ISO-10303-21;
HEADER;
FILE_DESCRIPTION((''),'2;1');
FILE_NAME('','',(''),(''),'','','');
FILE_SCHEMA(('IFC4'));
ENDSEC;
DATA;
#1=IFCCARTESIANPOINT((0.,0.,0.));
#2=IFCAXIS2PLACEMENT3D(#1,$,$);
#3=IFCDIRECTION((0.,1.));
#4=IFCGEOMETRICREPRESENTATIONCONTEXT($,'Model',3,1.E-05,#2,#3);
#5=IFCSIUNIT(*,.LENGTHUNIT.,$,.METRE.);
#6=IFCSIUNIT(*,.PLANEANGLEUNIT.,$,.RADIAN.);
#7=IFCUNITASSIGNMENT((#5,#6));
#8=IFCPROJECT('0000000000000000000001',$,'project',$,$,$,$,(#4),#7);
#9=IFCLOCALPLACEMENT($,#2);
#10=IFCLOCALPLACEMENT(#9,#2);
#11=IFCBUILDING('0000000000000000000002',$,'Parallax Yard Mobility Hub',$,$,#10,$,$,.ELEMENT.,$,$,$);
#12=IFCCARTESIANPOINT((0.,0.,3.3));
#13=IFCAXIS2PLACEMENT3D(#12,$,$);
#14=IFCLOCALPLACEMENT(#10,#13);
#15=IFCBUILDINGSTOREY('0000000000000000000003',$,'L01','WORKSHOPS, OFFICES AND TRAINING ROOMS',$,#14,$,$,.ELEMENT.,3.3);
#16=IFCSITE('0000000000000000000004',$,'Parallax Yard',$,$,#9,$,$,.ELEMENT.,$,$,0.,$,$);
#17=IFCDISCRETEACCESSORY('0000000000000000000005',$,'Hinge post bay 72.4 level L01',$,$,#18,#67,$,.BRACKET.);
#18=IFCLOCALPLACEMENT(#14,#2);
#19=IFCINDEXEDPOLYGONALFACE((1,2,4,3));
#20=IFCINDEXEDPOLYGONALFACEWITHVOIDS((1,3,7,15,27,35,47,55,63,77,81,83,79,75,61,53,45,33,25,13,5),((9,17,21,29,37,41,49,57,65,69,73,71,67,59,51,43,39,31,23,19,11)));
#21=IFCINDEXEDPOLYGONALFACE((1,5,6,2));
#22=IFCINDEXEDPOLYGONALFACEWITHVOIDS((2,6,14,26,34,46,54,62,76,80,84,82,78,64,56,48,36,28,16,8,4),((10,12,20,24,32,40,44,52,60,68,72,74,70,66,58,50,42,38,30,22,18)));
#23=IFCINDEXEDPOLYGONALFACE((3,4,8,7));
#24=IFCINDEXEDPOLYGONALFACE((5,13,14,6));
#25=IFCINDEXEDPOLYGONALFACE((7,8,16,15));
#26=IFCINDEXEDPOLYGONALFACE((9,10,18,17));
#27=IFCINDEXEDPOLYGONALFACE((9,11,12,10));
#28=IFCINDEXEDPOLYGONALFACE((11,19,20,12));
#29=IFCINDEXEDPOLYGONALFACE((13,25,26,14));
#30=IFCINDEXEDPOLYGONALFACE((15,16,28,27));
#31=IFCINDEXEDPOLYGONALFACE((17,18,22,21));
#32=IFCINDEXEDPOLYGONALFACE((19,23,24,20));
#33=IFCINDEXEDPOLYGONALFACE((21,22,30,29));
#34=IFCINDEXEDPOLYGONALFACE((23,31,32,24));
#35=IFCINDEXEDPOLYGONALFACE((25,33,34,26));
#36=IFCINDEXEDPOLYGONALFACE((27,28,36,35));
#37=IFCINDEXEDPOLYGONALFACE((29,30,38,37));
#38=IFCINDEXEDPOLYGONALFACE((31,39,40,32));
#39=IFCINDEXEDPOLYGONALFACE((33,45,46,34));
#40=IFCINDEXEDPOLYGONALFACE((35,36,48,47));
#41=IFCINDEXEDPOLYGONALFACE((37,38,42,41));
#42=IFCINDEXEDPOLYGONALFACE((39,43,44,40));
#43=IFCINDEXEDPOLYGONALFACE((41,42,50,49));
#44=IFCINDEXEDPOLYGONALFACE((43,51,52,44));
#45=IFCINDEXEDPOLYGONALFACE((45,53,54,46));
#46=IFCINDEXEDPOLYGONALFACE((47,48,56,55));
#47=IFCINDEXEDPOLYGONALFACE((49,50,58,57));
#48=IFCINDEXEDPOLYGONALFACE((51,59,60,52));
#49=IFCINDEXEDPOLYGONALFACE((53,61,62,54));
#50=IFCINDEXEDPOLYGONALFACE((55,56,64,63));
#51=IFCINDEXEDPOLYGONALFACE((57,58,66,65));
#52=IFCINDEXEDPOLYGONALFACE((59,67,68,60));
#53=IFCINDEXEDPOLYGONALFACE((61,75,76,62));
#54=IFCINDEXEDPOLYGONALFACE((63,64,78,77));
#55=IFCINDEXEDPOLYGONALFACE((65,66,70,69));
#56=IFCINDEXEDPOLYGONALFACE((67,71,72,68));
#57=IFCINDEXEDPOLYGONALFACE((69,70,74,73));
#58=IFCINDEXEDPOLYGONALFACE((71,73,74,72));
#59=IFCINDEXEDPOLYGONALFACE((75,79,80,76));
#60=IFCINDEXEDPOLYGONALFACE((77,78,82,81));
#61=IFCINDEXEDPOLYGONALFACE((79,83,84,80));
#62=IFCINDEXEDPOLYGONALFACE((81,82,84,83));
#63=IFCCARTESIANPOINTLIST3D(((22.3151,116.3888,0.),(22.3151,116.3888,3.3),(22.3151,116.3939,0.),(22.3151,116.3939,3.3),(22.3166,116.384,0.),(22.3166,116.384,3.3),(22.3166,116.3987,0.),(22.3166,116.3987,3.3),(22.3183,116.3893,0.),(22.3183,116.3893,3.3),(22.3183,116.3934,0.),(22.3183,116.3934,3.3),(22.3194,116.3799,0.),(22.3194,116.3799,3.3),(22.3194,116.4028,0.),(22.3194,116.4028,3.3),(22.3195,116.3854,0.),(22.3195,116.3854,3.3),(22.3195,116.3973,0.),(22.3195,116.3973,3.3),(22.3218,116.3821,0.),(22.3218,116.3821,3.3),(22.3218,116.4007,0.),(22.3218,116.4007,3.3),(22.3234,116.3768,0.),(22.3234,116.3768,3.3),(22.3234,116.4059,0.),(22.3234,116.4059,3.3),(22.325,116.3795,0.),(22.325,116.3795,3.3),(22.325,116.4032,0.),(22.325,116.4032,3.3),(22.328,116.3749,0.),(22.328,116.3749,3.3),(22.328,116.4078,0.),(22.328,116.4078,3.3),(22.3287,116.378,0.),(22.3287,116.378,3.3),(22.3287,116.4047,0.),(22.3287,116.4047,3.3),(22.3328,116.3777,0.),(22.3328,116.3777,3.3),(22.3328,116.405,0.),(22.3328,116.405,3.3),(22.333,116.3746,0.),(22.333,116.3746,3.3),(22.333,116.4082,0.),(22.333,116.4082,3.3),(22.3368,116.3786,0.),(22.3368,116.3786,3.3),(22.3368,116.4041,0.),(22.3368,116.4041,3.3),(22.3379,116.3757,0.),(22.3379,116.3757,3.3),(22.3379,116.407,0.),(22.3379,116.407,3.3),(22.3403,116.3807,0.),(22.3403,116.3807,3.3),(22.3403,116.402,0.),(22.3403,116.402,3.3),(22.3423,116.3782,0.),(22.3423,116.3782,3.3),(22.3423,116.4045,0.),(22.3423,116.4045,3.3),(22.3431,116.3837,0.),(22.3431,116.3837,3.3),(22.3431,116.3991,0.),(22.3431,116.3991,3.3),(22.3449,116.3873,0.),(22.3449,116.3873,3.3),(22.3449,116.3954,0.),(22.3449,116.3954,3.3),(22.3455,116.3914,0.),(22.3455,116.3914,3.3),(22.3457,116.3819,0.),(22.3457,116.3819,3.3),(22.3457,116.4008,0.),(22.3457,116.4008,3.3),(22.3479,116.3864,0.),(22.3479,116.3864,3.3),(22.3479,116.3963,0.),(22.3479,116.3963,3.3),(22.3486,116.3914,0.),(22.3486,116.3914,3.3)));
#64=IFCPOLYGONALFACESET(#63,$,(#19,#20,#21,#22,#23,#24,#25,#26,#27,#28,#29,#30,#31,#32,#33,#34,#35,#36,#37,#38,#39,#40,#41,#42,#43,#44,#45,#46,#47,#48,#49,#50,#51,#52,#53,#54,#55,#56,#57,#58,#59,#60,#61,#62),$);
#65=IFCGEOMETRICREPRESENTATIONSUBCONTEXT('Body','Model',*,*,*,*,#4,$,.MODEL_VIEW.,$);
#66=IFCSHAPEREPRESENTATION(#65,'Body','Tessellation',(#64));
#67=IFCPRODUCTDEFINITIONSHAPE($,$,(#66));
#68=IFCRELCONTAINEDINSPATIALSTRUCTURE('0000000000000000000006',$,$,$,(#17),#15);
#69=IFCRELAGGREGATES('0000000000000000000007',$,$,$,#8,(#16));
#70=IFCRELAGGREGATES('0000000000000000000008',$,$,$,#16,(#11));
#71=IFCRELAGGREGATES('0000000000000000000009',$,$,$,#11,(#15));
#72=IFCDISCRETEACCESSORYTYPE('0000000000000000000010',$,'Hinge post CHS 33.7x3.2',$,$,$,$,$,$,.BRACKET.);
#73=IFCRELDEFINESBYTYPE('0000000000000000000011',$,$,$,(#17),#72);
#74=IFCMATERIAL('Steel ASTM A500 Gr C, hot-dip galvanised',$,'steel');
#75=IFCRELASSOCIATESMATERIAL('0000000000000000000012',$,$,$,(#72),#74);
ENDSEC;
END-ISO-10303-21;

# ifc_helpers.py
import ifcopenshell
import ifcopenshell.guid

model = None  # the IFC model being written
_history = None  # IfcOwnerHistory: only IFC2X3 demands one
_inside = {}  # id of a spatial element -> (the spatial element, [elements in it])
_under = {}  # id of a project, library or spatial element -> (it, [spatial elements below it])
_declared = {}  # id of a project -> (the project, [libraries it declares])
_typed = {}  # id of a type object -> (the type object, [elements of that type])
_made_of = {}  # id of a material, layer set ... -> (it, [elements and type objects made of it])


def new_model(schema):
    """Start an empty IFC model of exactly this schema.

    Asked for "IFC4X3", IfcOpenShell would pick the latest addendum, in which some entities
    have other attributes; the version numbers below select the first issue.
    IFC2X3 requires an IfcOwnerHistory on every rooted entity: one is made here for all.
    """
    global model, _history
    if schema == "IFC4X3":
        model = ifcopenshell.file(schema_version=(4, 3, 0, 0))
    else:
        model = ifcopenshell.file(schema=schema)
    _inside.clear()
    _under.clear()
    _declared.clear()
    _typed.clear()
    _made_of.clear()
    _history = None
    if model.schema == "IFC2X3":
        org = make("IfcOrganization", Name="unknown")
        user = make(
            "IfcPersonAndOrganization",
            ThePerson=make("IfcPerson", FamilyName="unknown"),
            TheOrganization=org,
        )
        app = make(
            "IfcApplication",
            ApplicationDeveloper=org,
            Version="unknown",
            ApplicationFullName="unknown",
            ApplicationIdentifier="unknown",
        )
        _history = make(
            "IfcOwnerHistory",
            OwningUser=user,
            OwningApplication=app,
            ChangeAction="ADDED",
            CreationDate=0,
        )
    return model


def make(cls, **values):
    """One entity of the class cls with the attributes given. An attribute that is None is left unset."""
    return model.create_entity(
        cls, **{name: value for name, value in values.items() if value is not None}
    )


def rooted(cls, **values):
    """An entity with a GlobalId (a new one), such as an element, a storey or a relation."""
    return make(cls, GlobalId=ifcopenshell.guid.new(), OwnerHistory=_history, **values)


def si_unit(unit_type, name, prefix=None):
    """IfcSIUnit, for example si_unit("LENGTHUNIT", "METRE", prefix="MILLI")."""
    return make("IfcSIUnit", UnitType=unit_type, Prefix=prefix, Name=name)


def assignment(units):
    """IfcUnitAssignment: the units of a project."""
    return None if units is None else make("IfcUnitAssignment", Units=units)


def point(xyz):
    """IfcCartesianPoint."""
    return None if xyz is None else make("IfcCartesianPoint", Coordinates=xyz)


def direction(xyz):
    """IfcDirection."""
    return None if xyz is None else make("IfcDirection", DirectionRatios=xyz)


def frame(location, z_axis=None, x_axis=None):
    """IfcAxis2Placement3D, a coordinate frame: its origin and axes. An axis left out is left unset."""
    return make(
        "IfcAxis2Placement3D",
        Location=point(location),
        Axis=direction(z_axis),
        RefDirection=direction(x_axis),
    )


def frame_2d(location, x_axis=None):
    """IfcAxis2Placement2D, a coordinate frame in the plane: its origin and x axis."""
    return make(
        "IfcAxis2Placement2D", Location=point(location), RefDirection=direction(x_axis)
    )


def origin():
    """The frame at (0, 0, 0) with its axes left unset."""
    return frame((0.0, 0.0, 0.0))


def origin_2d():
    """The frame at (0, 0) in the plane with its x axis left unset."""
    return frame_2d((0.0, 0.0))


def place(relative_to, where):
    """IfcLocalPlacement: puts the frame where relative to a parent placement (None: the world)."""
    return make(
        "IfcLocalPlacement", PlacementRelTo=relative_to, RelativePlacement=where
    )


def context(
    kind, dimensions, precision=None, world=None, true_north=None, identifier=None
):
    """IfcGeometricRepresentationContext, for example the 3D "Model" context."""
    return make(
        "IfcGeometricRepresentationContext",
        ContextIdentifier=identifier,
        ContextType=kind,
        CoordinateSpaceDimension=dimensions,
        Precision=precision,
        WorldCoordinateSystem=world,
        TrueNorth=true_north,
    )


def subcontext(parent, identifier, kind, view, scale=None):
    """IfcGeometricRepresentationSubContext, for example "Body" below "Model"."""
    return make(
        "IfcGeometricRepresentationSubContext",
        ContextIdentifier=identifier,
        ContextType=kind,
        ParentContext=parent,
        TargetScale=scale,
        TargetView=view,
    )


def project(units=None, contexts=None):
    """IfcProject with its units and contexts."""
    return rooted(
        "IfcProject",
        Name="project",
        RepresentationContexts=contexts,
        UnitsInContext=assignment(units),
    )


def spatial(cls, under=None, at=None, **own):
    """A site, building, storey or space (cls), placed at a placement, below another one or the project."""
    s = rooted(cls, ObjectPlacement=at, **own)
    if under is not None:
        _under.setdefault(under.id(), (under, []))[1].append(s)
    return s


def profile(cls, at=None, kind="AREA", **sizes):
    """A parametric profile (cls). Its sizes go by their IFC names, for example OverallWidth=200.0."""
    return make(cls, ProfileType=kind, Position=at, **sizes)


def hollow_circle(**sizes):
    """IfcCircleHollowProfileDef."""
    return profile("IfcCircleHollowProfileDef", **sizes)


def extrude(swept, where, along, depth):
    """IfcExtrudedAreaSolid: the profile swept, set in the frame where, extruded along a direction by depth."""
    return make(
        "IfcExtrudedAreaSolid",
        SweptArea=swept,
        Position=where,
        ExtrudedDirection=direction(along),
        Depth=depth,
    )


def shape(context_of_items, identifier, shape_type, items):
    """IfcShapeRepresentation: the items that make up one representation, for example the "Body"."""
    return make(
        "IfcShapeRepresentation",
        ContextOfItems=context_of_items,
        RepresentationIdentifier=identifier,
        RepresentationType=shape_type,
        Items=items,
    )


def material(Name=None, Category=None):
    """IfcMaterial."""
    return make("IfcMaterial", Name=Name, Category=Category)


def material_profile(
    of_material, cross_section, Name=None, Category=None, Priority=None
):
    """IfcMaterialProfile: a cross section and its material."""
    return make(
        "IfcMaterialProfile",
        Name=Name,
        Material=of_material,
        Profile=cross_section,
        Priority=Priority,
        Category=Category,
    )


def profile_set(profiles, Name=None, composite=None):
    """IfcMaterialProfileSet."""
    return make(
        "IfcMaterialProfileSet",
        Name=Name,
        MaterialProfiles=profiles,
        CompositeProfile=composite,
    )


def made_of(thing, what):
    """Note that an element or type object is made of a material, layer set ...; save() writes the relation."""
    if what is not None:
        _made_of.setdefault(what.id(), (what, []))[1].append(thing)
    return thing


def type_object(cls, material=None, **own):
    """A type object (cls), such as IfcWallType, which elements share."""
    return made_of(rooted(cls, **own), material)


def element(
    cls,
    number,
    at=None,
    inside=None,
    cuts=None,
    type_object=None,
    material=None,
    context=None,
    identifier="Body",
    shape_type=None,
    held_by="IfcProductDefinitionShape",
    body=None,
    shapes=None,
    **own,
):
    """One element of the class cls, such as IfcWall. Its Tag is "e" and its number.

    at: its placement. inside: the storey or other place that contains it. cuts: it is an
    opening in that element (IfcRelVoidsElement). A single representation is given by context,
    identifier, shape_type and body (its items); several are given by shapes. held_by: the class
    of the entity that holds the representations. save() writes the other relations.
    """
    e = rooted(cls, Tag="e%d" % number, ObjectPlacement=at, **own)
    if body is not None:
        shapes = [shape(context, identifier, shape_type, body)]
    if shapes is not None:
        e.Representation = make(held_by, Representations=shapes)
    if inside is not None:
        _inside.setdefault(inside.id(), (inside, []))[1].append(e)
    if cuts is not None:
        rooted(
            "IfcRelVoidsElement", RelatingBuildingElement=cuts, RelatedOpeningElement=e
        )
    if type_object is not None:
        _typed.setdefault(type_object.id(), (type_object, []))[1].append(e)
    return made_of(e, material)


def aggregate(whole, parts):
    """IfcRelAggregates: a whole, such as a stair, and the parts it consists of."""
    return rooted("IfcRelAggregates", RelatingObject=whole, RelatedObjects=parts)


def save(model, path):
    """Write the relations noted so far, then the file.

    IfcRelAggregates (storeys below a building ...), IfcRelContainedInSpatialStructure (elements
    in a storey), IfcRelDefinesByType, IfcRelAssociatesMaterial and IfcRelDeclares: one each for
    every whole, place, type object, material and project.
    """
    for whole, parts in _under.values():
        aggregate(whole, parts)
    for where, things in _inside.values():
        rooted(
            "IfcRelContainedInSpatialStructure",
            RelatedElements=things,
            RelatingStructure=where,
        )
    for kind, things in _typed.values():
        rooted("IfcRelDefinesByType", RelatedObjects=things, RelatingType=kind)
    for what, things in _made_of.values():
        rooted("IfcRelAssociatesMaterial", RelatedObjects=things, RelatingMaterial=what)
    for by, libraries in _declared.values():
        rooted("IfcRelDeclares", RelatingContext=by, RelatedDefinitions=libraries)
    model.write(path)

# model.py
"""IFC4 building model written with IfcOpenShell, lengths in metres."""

from ifc_helpers import new_model, si_unit, direction, frame, origin, origin_2d, place, context, subcontext, project, spatial, hollow_circle, extrude, material, material_profile, profile_set, type_object, element, save


model = new_model("IFC4")

# Units and contexts
model_context = context("Model", 3, precision=1e-05, world=origin(), true_north=direction((0.0, 1.0)))
body_context = subcontext(model_context, "Body", "Model", "MODEL_VIEW")
ifc_project = project(units=[si_unit("LENGTHUNIT", "METRE"), si_unit("PLANEANGLEUNIT", "RADIAN")], contexts=[model_context])

# Site, building, storey
site_placement = place(None, origin())
site = spatial("IfcSite", under=ifc_project, at=site_placement, Name="Parallax Yard", CompositionType="ELEMENT", RefElevation=0.0)
building_placement = place(site_placement, origin())
building = spatial("IfcBuilding", under=site, at=building_placement, Name="Parallax Yard Mobility Hub", CompositionType="ELEMENT")
storey_placement = place(building_placement, frame((0.0, 0.0, 3.3)))
storey = spatial("IfcBuildingStorey", under=building, at=storey_placement, Name="L01", Description="WORKSHOPS, OFFICES AND TRAINING ROOMS", CompositionType="ELEMENT", Elevation=3.3)

# Discrete accessory
ifc_material_1 = material(Name="Steel ASTM A500 Gr C, hot-dip galvanised", Category="steel")
ifc_material_profile = material_profile(ifc_material_1, hollow_circle(Radius=0.0168, WallThickness=0.0032, at=origin_2d()), Name="CHS 33.7x3.2")
ifc_profile_set = profile_set([ifc_material_profile], Name="Steel ASTM A500 Gr C, hot-dip galvanised")
discrete_accessory_type_1 = type_object("IfcDiscreteAccessoryType", Name="Hinge post CHS 33.7x3.2", PredefinedType="BRACKET", material=ifc_profile_set)
for number, where, z_axis, x_axis, name in (
    (1, (22.3318, 116.3914, 0.0), (0.0, 0.0, 1.0), (1.0, 0.0, 0.0), "Hinge post bay 72.4 level L01"),
):
    element("IfcDiscreteAccessory", number, at=place(storey_placement, frame(where, z_axis=z_axis, x_axis=x_axis)), inside=storey, type_object=discrete_accessory_type_1, Name=name, PredefinedType="BRACKET", context=body_context, shape_type="SweptSolid", body=[
        extrude(hollow_circle(Radius=0.0168, WallThickness=0.0032, at=origin_2d()), origin(), (0.0, 0.0, 1.0), 3.3),
    ])

save(model, "model.ifc")
